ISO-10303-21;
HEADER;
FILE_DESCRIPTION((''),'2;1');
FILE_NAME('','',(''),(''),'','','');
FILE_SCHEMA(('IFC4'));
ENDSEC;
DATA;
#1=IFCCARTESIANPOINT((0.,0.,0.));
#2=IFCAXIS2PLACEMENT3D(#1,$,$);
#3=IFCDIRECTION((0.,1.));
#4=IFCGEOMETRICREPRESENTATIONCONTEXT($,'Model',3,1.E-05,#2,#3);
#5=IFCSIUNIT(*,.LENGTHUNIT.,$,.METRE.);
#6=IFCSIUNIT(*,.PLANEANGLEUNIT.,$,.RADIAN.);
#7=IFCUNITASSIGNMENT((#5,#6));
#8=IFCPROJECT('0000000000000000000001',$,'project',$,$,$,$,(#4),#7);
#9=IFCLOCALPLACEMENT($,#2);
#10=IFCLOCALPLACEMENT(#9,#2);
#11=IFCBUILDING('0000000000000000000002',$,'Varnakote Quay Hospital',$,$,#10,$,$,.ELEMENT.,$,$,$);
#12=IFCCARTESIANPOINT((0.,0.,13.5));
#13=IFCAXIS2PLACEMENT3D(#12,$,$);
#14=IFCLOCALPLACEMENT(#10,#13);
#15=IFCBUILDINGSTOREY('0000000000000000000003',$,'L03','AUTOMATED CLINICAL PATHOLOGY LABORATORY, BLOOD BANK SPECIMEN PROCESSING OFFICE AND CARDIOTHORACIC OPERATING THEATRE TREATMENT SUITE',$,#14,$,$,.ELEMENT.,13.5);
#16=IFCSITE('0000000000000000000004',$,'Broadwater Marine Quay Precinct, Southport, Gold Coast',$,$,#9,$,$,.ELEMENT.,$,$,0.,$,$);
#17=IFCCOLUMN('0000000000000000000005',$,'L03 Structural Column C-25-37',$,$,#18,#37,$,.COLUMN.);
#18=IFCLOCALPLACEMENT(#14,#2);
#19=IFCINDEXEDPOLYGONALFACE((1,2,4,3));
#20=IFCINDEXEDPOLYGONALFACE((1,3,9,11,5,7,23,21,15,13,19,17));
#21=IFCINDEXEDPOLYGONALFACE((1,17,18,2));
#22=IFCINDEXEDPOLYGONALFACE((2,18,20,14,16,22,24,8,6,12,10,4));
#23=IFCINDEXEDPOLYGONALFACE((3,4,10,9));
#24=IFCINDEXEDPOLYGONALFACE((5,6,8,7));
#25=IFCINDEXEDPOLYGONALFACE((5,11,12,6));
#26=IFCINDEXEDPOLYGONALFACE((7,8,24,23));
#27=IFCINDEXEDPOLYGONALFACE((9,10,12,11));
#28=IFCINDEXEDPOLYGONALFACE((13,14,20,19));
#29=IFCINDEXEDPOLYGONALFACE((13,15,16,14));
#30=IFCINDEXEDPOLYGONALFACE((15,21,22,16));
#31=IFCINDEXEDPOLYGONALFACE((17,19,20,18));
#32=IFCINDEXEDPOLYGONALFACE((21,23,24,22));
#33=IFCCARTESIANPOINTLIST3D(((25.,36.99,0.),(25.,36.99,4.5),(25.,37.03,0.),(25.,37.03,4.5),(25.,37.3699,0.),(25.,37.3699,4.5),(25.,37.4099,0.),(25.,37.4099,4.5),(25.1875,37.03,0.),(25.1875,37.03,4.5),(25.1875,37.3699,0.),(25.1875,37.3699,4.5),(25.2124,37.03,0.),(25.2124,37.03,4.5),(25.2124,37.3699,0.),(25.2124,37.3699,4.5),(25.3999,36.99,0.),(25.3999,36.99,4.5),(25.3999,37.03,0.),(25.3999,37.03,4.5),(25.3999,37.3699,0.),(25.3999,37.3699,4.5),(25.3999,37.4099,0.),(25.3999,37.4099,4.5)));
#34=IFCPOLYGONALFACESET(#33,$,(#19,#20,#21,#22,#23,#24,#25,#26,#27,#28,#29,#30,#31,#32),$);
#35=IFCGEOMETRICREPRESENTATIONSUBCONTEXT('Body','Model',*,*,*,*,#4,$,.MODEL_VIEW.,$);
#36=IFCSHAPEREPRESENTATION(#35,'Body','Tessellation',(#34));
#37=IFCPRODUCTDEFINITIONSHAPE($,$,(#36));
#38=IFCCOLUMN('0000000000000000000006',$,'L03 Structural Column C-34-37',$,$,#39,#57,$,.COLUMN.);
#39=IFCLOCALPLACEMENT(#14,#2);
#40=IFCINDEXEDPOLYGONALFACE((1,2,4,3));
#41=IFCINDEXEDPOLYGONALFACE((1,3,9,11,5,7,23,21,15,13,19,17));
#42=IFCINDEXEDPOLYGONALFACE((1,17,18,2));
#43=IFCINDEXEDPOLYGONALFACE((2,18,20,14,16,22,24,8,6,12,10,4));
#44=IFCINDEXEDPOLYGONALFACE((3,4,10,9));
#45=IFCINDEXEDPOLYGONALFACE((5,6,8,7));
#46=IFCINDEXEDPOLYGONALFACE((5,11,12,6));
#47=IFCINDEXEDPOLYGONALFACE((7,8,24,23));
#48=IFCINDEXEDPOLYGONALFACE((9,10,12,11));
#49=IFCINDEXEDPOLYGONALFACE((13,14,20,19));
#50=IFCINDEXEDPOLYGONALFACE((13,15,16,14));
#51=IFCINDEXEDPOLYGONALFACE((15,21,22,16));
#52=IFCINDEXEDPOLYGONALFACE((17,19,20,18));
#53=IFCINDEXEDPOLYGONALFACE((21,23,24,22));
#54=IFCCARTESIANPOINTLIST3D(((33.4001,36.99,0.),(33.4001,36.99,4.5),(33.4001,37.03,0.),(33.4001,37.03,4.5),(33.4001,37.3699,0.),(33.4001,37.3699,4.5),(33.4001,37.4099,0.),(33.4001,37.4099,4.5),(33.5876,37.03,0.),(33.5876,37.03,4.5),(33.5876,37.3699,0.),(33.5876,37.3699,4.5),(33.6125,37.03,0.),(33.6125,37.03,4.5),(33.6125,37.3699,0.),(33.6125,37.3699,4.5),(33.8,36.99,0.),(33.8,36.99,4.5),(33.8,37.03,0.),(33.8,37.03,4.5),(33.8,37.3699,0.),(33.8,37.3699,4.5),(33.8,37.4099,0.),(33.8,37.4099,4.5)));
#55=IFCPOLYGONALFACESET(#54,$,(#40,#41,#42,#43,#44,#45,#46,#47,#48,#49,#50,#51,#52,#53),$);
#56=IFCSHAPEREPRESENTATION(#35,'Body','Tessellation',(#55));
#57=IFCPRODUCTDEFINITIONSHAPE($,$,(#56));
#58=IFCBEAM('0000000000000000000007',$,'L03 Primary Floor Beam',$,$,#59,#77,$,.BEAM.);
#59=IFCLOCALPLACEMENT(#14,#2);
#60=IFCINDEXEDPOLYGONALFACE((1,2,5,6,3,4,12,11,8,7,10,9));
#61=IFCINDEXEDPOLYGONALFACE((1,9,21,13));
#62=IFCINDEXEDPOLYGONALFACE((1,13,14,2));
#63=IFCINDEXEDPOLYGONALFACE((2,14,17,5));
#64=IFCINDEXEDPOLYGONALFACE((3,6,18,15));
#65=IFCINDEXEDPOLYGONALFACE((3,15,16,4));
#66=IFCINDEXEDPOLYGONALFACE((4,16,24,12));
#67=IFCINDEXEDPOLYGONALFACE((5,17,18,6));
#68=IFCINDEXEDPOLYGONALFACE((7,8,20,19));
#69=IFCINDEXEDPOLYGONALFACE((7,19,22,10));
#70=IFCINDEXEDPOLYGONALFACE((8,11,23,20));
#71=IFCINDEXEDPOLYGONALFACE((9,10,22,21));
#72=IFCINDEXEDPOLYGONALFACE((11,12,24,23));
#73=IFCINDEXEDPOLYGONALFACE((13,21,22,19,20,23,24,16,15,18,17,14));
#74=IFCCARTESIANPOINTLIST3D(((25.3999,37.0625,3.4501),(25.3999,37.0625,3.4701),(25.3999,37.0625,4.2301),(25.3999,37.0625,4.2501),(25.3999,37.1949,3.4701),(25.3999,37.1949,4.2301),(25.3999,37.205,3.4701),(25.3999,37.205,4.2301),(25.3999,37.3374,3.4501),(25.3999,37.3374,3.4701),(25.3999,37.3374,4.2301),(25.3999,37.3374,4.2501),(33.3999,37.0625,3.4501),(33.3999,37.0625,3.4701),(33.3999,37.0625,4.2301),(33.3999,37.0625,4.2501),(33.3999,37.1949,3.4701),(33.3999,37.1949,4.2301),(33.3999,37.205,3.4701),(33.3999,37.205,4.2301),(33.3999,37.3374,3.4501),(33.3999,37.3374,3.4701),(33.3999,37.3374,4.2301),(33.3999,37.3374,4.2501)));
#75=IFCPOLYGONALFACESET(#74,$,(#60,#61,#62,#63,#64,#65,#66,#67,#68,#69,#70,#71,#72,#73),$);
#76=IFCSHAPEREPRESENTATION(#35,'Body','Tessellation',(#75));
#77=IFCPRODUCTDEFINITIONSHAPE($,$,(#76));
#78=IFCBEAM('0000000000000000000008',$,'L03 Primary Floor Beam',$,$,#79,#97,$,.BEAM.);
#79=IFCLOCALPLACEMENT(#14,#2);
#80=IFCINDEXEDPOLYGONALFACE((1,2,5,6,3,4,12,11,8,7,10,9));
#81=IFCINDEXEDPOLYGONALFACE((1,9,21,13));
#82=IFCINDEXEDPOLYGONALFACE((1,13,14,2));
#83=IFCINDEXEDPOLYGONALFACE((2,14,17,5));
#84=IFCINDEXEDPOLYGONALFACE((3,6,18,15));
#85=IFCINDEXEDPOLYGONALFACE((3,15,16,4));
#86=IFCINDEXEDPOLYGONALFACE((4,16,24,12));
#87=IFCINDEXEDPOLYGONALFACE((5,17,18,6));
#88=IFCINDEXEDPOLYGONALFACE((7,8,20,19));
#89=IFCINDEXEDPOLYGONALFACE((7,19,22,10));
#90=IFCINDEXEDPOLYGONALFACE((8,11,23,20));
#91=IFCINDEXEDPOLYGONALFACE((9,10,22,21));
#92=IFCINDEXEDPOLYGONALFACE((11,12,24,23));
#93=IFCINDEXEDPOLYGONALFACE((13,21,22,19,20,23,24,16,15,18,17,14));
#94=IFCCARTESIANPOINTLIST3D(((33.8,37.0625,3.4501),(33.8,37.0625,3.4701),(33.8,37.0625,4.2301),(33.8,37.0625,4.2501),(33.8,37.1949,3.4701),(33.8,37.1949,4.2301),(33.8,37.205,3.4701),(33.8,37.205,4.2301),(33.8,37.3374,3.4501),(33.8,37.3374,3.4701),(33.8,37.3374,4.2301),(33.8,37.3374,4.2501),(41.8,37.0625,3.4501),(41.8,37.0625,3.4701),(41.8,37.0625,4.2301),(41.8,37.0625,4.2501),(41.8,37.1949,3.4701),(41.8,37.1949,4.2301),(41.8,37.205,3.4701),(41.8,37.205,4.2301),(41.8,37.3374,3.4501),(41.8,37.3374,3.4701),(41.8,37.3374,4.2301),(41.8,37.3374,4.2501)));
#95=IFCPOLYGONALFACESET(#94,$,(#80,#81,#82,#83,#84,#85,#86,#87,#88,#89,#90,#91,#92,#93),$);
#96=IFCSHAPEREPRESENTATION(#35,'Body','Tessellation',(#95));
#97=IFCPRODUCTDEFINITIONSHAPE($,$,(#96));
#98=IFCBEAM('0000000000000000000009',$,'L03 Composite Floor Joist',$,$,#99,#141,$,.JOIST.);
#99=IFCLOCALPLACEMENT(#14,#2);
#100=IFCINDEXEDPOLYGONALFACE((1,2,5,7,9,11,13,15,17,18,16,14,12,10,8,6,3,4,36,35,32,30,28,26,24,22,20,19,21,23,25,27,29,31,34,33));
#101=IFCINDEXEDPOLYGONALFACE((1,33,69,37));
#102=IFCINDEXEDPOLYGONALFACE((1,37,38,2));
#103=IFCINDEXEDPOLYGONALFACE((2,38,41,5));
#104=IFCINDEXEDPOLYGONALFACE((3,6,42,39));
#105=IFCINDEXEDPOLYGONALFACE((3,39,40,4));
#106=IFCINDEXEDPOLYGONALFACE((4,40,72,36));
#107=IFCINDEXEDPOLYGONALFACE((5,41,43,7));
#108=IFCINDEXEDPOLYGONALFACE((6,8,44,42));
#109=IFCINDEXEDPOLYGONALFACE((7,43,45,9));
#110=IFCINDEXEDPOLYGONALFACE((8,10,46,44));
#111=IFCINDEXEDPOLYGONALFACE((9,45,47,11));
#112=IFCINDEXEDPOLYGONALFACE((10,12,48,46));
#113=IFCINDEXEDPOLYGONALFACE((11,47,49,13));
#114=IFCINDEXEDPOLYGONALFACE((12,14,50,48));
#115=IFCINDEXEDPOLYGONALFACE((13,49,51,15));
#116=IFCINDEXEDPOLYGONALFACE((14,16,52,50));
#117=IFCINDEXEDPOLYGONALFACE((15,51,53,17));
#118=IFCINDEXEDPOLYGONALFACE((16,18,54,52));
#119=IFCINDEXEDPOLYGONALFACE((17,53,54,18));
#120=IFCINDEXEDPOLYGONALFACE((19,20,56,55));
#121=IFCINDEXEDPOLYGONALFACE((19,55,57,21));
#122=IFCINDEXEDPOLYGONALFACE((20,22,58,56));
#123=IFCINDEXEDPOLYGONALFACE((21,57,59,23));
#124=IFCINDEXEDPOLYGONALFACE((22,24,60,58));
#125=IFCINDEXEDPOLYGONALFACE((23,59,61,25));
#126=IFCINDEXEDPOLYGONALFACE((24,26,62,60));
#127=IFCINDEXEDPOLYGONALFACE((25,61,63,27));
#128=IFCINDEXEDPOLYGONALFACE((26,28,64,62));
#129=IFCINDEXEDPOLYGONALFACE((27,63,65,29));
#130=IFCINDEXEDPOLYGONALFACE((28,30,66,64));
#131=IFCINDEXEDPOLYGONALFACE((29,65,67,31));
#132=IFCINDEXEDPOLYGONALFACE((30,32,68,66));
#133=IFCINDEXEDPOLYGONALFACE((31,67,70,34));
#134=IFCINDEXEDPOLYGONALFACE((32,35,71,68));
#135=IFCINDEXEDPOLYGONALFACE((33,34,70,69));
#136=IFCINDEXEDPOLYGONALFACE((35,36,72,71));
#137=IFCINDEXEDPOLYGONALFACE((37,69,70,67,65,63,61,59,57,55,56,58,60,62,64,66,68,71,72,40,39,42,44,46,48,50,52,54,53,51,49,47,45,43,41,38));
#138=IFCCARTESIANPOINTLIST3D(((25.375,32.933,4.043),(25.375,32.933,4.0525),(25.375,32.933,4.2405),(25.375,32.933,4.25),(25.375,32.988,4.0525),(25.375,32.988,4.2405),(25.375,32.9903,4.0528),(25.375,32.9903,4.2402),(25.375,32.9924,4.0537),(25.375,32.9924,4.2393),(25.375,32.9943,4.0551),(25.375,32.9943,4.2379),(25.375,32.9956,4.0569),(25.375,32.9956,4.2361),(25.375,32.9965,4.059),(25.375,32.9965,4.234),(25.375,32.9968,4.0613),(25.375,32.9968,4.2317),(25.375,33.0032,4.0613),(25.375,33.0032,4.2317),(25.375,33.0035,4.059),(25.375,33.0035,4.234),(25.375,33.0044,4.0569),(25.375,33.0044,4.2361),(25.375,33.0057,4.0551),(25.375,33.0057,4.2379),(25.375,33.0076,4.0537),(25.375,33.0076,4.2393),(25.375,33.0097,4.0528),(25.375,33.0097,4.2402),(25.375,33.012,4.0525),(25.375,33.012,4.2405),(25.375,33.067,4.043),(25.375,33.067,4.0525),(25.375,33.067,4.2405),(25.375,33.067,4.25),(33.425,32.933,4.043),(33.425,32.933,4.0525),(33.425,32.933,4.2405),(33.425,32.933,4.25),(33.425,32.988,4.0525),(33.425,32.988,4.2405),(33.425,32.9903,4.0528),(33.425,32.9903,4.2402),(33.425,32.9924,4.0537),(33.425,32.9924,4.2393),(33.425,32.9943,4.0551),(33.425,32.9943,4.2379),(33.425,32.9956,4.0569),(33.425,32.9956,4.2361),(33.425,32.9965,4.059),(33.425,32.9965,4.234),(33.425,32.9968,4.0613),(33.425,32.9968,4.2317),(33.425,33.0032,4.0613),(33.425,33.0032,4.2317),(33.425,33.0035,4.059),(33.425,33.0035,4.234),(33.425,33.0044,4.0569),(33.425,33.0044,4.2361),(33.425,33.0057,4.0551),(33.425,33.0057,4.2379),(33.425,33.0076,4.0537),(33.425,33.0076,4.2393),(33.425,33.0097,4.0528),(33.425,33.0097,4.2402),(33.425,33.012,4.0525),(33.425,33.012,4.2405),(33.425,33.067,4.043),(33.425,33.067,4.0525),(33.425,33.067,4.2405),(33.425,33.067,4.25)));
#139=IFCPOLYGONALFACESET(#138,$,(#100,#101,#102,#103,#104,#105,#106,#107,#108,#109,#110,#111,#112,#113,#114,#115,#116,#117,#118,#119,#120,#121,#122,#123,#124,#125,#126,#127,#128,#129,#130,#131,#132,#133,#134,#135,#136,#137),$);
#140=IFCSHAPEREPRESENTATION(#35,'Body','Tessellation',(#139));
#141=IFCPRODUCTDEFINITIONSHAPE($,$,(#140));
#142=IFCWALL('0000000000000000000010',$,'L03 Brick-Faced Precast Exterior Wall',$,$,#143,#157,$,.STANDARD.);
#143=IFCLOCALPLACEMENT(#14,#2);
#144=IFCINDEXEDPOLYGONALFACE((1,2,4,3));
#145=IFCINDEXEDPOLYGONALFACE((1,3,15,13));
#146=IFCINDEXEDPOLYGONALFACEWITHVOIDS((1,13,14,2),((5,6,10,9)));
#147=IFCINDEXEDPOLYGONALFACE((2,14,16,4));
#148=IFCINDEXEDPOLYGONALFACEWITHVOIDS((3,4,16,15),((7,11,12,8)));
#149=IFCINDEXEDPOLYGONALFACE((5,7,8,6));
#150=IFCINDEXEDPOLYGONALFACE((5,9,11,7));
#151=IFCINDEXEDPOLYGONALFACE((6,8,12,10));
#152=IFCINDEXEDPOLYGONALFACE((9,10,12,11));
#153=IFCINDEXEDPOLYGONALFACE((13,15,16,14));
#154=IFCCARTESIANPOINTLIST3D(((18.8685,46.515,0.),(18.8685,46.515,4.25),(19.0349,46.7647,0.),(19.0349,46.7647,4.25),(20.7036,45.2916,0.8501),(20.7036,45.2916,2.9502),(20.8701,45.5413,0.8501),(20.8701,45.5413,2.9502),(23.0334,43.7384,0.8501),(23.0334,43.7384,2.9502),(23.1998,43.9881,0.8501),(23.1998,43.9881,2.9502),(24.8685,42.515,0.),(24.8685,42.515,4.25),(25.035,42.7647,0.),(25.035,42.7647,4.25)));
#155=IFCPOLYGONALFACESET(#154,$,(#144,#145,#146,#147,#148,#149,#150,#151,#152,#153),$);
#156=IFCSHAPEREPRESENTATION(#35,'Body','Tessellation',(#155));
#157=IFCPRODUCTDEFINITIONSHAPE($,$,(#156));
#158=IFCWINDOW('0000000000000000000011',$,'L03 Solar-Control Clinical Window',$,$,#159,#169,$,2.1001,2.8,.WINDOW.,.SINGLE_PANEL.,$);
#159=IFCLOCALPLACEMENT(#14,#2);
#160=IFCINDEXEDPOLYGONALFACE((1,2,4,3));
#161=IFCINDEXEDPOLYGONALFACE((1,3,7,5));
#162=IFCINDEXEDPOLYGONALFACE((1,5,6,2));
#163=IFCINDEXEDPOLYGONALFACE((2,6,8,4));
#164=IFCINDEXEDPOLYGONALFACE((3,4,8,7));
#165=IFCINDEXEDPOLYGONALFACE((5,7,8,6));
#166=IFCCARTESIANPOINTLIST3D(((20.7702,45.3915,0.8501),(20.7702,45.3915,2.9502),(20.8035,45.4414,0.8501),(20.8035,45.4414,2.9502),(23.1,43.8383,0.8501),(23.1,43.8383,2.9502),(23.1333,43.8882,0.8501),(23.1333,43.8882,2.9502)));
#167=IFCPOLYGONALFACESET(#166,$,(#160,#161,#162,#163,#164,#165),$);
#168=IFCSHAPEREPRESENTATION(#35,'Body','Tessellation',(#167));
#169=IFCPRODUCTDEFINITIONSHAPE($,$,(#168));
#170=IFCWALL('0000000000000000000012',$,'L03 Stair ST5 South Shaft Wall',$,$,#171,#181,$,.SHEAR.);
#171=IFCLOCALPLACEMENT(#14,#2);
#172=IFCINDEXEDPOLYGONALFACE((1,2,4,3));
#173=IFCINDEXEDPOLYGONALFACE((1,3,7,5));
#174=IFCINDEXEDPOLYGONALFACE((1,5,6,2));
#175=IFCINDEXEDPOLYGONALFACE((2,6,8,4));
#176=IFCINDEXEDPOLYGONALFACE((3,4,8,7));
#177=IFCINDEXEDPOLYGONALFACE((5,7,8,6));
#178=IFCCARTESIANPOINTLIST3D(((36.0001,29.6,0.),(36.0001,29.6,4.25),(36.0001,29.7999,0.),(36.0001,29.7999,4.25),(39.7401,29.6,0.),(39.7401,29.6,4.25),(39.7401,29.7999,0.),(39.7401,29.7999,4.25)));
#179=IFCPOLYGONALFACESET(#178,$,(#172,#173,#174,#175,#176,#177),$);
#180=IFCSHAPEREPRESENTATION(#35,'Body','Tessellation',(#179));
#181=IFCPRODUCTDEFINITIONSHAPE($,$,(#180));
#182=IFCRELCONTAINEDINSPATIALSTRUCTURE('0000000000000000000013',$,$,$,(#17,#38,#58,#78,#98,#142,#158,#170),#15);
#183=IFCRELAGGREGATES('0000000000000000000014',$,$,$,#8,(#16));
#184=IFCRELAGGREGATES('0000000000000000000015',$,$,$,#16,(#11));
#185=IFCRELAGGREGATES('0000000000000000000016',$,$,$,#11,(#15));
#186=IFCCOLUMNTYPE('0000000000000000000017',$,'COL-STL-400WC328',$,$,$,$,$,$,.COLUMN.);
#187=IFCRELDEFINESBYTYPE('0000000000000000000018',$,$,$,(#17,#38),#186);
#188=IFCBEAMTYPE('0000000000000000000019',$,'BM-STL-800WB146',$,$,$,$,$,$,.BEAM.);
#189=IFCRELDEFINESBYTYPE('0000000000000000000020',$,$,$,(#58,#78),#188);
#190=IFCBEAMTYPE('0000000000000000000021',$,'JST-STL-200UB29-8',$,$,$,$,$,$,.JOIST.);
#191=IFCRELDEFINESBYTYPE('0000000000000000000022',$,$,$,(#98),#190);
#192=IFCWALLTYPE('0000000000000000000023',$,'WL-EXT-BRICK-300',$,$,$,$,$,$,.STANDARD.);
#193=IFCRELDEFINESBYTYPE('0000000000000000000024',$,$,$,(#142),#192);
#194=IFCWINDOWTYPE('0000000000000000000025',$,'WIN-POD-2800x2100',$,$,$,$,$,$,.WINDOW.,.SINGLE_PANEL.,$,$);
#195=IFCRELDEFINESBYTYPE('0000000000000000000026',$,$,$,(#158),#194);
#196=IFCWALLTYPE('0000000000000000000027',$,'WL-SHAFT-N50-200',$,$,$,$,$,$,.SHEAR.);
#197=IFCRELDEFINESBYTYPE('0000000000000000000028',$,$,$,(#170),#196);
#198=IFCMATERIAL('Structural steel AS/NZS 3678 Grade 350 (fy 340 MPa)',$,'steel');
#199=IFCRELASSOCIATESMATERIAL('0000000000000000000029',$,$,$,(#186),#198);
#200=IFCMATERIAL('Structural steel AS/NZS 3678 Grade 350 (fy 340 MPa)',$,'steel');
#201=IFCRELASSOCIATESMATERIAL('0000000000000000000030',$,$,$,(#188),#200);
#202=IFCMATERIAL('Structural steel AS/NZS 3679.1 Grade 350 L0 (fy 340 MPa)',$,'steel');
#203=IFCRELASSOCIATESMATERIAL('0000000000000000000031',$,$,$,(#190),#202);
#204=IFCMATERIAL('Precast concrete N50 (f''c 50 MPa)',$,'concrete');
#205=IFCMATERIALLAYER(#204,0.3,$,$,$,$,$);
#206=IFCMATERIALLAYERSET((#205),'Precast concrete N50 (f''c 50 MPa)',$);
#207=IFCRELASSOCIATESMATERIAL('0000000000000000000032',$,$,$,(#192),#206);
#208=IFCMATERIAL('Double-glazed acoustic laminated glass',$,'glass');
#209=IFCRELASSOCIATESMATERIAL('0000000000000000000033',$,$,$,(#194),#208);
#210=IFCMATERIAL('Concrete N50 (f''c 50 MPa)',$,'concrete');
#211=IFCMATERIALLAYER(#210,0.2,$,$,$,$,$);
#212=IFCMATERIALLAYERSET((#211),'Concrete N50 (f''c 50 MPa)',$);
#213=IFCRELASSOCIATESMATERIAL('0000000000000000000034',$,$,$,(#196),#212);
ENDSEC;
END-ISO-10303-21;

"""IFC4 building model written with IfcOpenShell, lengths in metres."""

from ifc_helpers import new_model, si_unit, direction, frame, frame_2d, origin, origin_2d, place, context, subcontext, project, spatial, rectangle, i_section, extrude, material, layer, layer_set, material_profile, profile_set, type_object, element, fill, save


model = new_model("IFC4")

# Units and contexts
model_context = context("Model", 3, precision=1e-05, world=origin(), true_north=direction((0.0, 1.0)))
body_context = subcontext(model_context, "Body", "Model", "MODEL_VIEW")
ifc_project = project(units=[si_unit("LENGTHUNIT", "METRE"), si_unit("PLANEANGLEUNIT", "RADIAN")], contexts=[model_context])

# Site, building, storey
site_placement = place(None, origin())
site = spatial("IfcSite", under=ifc_project, at=site_placement, Name="Broadwater Marine Quay Precinct, Southport, Gold Coast", CompositionType="ELEMENT", RefElevation=0.0)
building_placement = place(site_placement, origin())
building = spatial("IfcBuilding", under=site, at=building_placement, Name="Varnakote Quay Hospital", CompositionType="ELEMENT")
storey_placement = place(building_placement, frame((0.0, 0.0, 13.5)))
storey = spatial("IfcBuildingStorey", under=building, at=storey_placement, Name="L03", Description="AUTOMATED CLINICAL PATHOLOGY LABORATORY, BLOOD BANK SPECIMEN PROCESSING OFFICE AND CARDIOTHORACIC OPERATING THEATRE TREATMENT SUITE", CompositionType="ELEMENT", Elevation=13.5)

# Columns
ifc_material_1 = material(Name="Structural steel AS/NZS 3678 Grade 350 (fy 340 MPa)", Category="steel")
ifc_material_profile_1 = material_profile(ifc_material_1, i_section(OverallWidth=0.3999, OverallDepth=0.4199, WebThickness=0.0249, FlangeThickness=0.04, at=origin_2d()), Name="400WC328")
ifc_profile_set_1 = profile_set([ifc_material_profile_1], Name="Structural steel AS/NZS 3678 Grade 350 (fy 340 MPa)")
column_type = type_object("IfcColumnType", Name="COL-STL-400WC328", PredefinedType="COLUMN", material=ifc_profile_set_1)
for number, where, z_axis, x_axis, name in (
    (1, (25.2, 37.2, 0.0), (0.0, 0.0, 1.0), (1.0, 0.0, 0.0), "L03 Structural Column C-25-37"),
    (2, (33.6001, 37.2, 0.0), (0.0, 0.0, 1.0), (1.0, 0.0, 0.0), "L03 Structural Column C-34-37"),
):
    element("IfcColumn", number, at=place(storey_placement, frame(where, z_axis=z_axis, x_axis=x_axis)), inside=storey, type_object=column_type, Name=name, PredefinedType="COLUMN", context=body_context, shape_type="SweptSolid", body=[
        extrude(i_section(OverallWidth=0.3999, OverallDepth=0.4199, WebThickness=0.0249, FlangeThickness=0.04, at=origin_2d()), origin(), (0.0, 0.0, 1.0), 4.5),
    ])

# Beams
ifc_material_2 = material(Name="Structural steel AS/NZS 3678 Grade 350 (fy 340 MPa)", Category="steel")
ifc_material_profile_2 = material_profile(ifc_material_2, i_section(OverallWidth=0.2749, OverallDepth=0.8, WebThickness=0.01, FlangeThickness=0.02, at=origin_2d()), Name="800WB146")
ifc_profile_set_2 = profile_set([ifc_material_profile_2], Name="Structural steel AS/NZS 3678 Grade 350 (fy 340 MPa)")
beam_type_1 = type_object("IfcBeamType", Name="BM-STL-800WB146", PredefinedType="BEAM", material=ifc_profile_set_2)
for number, where, z_axis, x_axis, name in (
    (3, (25.3999, 37.2, 3.8501), (1.0, 0.0, 0.0), (0.0, 1.0, 0.0), "L03 Primary Floor Beam"),
    (4, (33.8, 37.2, 3.8501), (1.0, 0.0, 0.0), (0.0, 1.0, 0.0), "L03 Primary Floor Beam"),
):
    element("IfcBeam", number, at=place(storey_placement, frame(where, z_axis=z_axis, x_axis=x_axis)), inside=storey, type_object=beam_type_1, Name=name, PredefinedType="BEAM", context=body_context, shape_type="SweptSolid", body=[
        extrude(i_section(OverallWidth=0.2749, OverallDepth=0.8, WebThickness=0.01, FlangeThickness=0.02, at=origin_2d()), origin(), (0.0, 0.0, 1.0), 8.0),
    ])
ifc_material_3 = material(Name="Structural steel AS/NZS 3679.1 Grade 350 L0 (fy 340 MPa)", Category="steel")
ifc_material_profile_3 = material_profile(ifc_material_3, i_section(OverallWidth=0.134, OverallDepth=0.207, WebThickness=0.0063, FlangeThickness=0.0095, FilletRadius=0.0088, at=origin_2d()), Name="200UB29.8")
ifc_profile_set_3 = profile_set([ifc_material_profile_3], Name="Structural steel AS/NZS 3679.1 Grade 350 L0 (fy 340 MPa)")
beam_type_2 = type_object("IfcBeamType", Name="JST-STL-200UB29-8", PredefinedType="JOIST", material=ifc_profile_set_3)
beam_placement = place(storey_placement, frame((25.375, 33.0, 4.1465), z_axis=(1.0, 0.0, 0.0), x_axis=(0.0, 1.0, 0.0)))
element("IfcBeam", 5, at=beam_placement, inside=storey, type_object=beam_type_2, Name="L03 Composite Floor Joist", PredefinedType="JOIST", context=body_context, shape_type="SweptSolid", body=[
    extrude(i_section(OverallWidth=0.134, OverallDepth=0.207, WebThickness=0.0063, FlangeThickness=0.0095, FilletRadius=0.0088, at=origin_2d()), origin(), (0.0, 0.0, 1.0), 8.05),
])

# Wall, opening, window
ifc_material_4 = material(Name="Precast concrete N50 (f'c 50 MPa)", Category="concrete")
ifc_layer_1 = layer(ifc_material_4, 0.3)
ifc_layer_set_1 = layer_set([ifc_layer_1], Name="Precast concrete N50 (f'c 50 MPa)")
wall_type_1 = type_object("IfcWallType", Name="WL-EXT-BRICK-300", PredefinedType="STANDARD", material=ifc_layer_set_1)
wall_1_placement = place(storey_placement, frame((24.9517, 42.6399, 0.0), z_axis=(0.0, 0.0, 1.0), x_axis=(-0.83205, 0.5547, 0.0)))
wall_1 = element("IfcWall", 6, at=wall_1_placement, inside=storey, type_object=wall_type_1, Name="L03 Brick-Faced Precast Exterior Wall", PredefinedType="STANDARD", context=body_context, shape_type="SweptSolid", body=[
    extrude(rectangle(XDim=7.2112, YDim=0.3, at=frame_2d((3.6055, 0.0))), origin(), (0.0, 0.0, 1.0), 4.25),
])
opening_1_placement = place(wall_1_placement, frame((2.2056, 0.0, 0.8501)))
opening_1 = element("IfcOpeningElement", 7, at=opening_1_placement, cuts=wall_1, PredefinedType="OPENING", context=body_context, shape_type="SweptSolid", body=[
    extrude(rectangle(XDim=2.8, YDim=2.1001, at=frame_2d((1.3999, 1.05))), frame((0.0, 0.1599, 0.0), z_axis=(0.0, -1.0, 0.0), x_axis=(1.0, 0.0, 0.0)), (0.0, 0.0, 1.0), 0.3201),
])
ifc_material_5 = material(Name="Double-glazed acoustic laminated glass", Category="glass")
window_type = type_object("IfcWindowType", Name="WIN-POD-2800x2100", PartitioningType="SINGLE_PANEL", PredefinedType="WINDOW", material=ifc_material_5)
window_placement = place(opening_1_placement, origin())
window = element("IfcWindow", 8, at=window_placement, inside=storey, type_object=window_type, Name="L03 Solar-Control Clinical Window", OverallHeight=2.1001, OverallWidth=2.8, PartitioningType="SINGLE_PANEL", PredefinedType="WINDOW", context=body_context, shape_type="SweptSolid", body=[
    extrude(rectangle(XDim=2.8, YDim=2.1001, at=frame_2d((1.3999, 1.05))), frame((0.0, 0.03, 0.0), z_axis=(0.0, -1.0, 0.0), x_axis=(1.0, 0.0, 0.0)), (0.0, 0.0, 1.0), 0.0601),
])
fill(opening_1, window)

# Wall
ifc_material_6 = material(Name="Concrete N50 (f'c 50 MPa)", Category="concrete")
ifc_layer_2 = layer(ifc_material_6, 0.2)
ifc_layer_set_2 = layer_set([ifc_layer_2], Name="Concrete N50 (f'c 50 MPa)")
wall_type_2 = type_object("IfcWallType", Name="WL-SHAFT-N50-200", PredefinedType="SHEAR", material=ifc_layer_set_2)
wall_2_placement = place(storey_placement, frame((36.0, 29.7, 0.0), z_axis=(0.0, 0.0, 1.0), x_axis=(1.0, 0.0, 0.0)))
element("IfcWall", 9, at=wall_2_placement, inside=storey, type_object=wall_type_2, Name="L03 Stair ST5 South Shaft Wall", PredefinedType="SHEAR", context=body_context, shape_type="SweptSolid", body=[
    extrude(rectangle(XDim=3.74, YDim=0.2, at=frame_2d((1.8701, 0.0))), origin(), (0.0, 0.0, 1.0), 4.25),
])

save(model, "model.ifc")
